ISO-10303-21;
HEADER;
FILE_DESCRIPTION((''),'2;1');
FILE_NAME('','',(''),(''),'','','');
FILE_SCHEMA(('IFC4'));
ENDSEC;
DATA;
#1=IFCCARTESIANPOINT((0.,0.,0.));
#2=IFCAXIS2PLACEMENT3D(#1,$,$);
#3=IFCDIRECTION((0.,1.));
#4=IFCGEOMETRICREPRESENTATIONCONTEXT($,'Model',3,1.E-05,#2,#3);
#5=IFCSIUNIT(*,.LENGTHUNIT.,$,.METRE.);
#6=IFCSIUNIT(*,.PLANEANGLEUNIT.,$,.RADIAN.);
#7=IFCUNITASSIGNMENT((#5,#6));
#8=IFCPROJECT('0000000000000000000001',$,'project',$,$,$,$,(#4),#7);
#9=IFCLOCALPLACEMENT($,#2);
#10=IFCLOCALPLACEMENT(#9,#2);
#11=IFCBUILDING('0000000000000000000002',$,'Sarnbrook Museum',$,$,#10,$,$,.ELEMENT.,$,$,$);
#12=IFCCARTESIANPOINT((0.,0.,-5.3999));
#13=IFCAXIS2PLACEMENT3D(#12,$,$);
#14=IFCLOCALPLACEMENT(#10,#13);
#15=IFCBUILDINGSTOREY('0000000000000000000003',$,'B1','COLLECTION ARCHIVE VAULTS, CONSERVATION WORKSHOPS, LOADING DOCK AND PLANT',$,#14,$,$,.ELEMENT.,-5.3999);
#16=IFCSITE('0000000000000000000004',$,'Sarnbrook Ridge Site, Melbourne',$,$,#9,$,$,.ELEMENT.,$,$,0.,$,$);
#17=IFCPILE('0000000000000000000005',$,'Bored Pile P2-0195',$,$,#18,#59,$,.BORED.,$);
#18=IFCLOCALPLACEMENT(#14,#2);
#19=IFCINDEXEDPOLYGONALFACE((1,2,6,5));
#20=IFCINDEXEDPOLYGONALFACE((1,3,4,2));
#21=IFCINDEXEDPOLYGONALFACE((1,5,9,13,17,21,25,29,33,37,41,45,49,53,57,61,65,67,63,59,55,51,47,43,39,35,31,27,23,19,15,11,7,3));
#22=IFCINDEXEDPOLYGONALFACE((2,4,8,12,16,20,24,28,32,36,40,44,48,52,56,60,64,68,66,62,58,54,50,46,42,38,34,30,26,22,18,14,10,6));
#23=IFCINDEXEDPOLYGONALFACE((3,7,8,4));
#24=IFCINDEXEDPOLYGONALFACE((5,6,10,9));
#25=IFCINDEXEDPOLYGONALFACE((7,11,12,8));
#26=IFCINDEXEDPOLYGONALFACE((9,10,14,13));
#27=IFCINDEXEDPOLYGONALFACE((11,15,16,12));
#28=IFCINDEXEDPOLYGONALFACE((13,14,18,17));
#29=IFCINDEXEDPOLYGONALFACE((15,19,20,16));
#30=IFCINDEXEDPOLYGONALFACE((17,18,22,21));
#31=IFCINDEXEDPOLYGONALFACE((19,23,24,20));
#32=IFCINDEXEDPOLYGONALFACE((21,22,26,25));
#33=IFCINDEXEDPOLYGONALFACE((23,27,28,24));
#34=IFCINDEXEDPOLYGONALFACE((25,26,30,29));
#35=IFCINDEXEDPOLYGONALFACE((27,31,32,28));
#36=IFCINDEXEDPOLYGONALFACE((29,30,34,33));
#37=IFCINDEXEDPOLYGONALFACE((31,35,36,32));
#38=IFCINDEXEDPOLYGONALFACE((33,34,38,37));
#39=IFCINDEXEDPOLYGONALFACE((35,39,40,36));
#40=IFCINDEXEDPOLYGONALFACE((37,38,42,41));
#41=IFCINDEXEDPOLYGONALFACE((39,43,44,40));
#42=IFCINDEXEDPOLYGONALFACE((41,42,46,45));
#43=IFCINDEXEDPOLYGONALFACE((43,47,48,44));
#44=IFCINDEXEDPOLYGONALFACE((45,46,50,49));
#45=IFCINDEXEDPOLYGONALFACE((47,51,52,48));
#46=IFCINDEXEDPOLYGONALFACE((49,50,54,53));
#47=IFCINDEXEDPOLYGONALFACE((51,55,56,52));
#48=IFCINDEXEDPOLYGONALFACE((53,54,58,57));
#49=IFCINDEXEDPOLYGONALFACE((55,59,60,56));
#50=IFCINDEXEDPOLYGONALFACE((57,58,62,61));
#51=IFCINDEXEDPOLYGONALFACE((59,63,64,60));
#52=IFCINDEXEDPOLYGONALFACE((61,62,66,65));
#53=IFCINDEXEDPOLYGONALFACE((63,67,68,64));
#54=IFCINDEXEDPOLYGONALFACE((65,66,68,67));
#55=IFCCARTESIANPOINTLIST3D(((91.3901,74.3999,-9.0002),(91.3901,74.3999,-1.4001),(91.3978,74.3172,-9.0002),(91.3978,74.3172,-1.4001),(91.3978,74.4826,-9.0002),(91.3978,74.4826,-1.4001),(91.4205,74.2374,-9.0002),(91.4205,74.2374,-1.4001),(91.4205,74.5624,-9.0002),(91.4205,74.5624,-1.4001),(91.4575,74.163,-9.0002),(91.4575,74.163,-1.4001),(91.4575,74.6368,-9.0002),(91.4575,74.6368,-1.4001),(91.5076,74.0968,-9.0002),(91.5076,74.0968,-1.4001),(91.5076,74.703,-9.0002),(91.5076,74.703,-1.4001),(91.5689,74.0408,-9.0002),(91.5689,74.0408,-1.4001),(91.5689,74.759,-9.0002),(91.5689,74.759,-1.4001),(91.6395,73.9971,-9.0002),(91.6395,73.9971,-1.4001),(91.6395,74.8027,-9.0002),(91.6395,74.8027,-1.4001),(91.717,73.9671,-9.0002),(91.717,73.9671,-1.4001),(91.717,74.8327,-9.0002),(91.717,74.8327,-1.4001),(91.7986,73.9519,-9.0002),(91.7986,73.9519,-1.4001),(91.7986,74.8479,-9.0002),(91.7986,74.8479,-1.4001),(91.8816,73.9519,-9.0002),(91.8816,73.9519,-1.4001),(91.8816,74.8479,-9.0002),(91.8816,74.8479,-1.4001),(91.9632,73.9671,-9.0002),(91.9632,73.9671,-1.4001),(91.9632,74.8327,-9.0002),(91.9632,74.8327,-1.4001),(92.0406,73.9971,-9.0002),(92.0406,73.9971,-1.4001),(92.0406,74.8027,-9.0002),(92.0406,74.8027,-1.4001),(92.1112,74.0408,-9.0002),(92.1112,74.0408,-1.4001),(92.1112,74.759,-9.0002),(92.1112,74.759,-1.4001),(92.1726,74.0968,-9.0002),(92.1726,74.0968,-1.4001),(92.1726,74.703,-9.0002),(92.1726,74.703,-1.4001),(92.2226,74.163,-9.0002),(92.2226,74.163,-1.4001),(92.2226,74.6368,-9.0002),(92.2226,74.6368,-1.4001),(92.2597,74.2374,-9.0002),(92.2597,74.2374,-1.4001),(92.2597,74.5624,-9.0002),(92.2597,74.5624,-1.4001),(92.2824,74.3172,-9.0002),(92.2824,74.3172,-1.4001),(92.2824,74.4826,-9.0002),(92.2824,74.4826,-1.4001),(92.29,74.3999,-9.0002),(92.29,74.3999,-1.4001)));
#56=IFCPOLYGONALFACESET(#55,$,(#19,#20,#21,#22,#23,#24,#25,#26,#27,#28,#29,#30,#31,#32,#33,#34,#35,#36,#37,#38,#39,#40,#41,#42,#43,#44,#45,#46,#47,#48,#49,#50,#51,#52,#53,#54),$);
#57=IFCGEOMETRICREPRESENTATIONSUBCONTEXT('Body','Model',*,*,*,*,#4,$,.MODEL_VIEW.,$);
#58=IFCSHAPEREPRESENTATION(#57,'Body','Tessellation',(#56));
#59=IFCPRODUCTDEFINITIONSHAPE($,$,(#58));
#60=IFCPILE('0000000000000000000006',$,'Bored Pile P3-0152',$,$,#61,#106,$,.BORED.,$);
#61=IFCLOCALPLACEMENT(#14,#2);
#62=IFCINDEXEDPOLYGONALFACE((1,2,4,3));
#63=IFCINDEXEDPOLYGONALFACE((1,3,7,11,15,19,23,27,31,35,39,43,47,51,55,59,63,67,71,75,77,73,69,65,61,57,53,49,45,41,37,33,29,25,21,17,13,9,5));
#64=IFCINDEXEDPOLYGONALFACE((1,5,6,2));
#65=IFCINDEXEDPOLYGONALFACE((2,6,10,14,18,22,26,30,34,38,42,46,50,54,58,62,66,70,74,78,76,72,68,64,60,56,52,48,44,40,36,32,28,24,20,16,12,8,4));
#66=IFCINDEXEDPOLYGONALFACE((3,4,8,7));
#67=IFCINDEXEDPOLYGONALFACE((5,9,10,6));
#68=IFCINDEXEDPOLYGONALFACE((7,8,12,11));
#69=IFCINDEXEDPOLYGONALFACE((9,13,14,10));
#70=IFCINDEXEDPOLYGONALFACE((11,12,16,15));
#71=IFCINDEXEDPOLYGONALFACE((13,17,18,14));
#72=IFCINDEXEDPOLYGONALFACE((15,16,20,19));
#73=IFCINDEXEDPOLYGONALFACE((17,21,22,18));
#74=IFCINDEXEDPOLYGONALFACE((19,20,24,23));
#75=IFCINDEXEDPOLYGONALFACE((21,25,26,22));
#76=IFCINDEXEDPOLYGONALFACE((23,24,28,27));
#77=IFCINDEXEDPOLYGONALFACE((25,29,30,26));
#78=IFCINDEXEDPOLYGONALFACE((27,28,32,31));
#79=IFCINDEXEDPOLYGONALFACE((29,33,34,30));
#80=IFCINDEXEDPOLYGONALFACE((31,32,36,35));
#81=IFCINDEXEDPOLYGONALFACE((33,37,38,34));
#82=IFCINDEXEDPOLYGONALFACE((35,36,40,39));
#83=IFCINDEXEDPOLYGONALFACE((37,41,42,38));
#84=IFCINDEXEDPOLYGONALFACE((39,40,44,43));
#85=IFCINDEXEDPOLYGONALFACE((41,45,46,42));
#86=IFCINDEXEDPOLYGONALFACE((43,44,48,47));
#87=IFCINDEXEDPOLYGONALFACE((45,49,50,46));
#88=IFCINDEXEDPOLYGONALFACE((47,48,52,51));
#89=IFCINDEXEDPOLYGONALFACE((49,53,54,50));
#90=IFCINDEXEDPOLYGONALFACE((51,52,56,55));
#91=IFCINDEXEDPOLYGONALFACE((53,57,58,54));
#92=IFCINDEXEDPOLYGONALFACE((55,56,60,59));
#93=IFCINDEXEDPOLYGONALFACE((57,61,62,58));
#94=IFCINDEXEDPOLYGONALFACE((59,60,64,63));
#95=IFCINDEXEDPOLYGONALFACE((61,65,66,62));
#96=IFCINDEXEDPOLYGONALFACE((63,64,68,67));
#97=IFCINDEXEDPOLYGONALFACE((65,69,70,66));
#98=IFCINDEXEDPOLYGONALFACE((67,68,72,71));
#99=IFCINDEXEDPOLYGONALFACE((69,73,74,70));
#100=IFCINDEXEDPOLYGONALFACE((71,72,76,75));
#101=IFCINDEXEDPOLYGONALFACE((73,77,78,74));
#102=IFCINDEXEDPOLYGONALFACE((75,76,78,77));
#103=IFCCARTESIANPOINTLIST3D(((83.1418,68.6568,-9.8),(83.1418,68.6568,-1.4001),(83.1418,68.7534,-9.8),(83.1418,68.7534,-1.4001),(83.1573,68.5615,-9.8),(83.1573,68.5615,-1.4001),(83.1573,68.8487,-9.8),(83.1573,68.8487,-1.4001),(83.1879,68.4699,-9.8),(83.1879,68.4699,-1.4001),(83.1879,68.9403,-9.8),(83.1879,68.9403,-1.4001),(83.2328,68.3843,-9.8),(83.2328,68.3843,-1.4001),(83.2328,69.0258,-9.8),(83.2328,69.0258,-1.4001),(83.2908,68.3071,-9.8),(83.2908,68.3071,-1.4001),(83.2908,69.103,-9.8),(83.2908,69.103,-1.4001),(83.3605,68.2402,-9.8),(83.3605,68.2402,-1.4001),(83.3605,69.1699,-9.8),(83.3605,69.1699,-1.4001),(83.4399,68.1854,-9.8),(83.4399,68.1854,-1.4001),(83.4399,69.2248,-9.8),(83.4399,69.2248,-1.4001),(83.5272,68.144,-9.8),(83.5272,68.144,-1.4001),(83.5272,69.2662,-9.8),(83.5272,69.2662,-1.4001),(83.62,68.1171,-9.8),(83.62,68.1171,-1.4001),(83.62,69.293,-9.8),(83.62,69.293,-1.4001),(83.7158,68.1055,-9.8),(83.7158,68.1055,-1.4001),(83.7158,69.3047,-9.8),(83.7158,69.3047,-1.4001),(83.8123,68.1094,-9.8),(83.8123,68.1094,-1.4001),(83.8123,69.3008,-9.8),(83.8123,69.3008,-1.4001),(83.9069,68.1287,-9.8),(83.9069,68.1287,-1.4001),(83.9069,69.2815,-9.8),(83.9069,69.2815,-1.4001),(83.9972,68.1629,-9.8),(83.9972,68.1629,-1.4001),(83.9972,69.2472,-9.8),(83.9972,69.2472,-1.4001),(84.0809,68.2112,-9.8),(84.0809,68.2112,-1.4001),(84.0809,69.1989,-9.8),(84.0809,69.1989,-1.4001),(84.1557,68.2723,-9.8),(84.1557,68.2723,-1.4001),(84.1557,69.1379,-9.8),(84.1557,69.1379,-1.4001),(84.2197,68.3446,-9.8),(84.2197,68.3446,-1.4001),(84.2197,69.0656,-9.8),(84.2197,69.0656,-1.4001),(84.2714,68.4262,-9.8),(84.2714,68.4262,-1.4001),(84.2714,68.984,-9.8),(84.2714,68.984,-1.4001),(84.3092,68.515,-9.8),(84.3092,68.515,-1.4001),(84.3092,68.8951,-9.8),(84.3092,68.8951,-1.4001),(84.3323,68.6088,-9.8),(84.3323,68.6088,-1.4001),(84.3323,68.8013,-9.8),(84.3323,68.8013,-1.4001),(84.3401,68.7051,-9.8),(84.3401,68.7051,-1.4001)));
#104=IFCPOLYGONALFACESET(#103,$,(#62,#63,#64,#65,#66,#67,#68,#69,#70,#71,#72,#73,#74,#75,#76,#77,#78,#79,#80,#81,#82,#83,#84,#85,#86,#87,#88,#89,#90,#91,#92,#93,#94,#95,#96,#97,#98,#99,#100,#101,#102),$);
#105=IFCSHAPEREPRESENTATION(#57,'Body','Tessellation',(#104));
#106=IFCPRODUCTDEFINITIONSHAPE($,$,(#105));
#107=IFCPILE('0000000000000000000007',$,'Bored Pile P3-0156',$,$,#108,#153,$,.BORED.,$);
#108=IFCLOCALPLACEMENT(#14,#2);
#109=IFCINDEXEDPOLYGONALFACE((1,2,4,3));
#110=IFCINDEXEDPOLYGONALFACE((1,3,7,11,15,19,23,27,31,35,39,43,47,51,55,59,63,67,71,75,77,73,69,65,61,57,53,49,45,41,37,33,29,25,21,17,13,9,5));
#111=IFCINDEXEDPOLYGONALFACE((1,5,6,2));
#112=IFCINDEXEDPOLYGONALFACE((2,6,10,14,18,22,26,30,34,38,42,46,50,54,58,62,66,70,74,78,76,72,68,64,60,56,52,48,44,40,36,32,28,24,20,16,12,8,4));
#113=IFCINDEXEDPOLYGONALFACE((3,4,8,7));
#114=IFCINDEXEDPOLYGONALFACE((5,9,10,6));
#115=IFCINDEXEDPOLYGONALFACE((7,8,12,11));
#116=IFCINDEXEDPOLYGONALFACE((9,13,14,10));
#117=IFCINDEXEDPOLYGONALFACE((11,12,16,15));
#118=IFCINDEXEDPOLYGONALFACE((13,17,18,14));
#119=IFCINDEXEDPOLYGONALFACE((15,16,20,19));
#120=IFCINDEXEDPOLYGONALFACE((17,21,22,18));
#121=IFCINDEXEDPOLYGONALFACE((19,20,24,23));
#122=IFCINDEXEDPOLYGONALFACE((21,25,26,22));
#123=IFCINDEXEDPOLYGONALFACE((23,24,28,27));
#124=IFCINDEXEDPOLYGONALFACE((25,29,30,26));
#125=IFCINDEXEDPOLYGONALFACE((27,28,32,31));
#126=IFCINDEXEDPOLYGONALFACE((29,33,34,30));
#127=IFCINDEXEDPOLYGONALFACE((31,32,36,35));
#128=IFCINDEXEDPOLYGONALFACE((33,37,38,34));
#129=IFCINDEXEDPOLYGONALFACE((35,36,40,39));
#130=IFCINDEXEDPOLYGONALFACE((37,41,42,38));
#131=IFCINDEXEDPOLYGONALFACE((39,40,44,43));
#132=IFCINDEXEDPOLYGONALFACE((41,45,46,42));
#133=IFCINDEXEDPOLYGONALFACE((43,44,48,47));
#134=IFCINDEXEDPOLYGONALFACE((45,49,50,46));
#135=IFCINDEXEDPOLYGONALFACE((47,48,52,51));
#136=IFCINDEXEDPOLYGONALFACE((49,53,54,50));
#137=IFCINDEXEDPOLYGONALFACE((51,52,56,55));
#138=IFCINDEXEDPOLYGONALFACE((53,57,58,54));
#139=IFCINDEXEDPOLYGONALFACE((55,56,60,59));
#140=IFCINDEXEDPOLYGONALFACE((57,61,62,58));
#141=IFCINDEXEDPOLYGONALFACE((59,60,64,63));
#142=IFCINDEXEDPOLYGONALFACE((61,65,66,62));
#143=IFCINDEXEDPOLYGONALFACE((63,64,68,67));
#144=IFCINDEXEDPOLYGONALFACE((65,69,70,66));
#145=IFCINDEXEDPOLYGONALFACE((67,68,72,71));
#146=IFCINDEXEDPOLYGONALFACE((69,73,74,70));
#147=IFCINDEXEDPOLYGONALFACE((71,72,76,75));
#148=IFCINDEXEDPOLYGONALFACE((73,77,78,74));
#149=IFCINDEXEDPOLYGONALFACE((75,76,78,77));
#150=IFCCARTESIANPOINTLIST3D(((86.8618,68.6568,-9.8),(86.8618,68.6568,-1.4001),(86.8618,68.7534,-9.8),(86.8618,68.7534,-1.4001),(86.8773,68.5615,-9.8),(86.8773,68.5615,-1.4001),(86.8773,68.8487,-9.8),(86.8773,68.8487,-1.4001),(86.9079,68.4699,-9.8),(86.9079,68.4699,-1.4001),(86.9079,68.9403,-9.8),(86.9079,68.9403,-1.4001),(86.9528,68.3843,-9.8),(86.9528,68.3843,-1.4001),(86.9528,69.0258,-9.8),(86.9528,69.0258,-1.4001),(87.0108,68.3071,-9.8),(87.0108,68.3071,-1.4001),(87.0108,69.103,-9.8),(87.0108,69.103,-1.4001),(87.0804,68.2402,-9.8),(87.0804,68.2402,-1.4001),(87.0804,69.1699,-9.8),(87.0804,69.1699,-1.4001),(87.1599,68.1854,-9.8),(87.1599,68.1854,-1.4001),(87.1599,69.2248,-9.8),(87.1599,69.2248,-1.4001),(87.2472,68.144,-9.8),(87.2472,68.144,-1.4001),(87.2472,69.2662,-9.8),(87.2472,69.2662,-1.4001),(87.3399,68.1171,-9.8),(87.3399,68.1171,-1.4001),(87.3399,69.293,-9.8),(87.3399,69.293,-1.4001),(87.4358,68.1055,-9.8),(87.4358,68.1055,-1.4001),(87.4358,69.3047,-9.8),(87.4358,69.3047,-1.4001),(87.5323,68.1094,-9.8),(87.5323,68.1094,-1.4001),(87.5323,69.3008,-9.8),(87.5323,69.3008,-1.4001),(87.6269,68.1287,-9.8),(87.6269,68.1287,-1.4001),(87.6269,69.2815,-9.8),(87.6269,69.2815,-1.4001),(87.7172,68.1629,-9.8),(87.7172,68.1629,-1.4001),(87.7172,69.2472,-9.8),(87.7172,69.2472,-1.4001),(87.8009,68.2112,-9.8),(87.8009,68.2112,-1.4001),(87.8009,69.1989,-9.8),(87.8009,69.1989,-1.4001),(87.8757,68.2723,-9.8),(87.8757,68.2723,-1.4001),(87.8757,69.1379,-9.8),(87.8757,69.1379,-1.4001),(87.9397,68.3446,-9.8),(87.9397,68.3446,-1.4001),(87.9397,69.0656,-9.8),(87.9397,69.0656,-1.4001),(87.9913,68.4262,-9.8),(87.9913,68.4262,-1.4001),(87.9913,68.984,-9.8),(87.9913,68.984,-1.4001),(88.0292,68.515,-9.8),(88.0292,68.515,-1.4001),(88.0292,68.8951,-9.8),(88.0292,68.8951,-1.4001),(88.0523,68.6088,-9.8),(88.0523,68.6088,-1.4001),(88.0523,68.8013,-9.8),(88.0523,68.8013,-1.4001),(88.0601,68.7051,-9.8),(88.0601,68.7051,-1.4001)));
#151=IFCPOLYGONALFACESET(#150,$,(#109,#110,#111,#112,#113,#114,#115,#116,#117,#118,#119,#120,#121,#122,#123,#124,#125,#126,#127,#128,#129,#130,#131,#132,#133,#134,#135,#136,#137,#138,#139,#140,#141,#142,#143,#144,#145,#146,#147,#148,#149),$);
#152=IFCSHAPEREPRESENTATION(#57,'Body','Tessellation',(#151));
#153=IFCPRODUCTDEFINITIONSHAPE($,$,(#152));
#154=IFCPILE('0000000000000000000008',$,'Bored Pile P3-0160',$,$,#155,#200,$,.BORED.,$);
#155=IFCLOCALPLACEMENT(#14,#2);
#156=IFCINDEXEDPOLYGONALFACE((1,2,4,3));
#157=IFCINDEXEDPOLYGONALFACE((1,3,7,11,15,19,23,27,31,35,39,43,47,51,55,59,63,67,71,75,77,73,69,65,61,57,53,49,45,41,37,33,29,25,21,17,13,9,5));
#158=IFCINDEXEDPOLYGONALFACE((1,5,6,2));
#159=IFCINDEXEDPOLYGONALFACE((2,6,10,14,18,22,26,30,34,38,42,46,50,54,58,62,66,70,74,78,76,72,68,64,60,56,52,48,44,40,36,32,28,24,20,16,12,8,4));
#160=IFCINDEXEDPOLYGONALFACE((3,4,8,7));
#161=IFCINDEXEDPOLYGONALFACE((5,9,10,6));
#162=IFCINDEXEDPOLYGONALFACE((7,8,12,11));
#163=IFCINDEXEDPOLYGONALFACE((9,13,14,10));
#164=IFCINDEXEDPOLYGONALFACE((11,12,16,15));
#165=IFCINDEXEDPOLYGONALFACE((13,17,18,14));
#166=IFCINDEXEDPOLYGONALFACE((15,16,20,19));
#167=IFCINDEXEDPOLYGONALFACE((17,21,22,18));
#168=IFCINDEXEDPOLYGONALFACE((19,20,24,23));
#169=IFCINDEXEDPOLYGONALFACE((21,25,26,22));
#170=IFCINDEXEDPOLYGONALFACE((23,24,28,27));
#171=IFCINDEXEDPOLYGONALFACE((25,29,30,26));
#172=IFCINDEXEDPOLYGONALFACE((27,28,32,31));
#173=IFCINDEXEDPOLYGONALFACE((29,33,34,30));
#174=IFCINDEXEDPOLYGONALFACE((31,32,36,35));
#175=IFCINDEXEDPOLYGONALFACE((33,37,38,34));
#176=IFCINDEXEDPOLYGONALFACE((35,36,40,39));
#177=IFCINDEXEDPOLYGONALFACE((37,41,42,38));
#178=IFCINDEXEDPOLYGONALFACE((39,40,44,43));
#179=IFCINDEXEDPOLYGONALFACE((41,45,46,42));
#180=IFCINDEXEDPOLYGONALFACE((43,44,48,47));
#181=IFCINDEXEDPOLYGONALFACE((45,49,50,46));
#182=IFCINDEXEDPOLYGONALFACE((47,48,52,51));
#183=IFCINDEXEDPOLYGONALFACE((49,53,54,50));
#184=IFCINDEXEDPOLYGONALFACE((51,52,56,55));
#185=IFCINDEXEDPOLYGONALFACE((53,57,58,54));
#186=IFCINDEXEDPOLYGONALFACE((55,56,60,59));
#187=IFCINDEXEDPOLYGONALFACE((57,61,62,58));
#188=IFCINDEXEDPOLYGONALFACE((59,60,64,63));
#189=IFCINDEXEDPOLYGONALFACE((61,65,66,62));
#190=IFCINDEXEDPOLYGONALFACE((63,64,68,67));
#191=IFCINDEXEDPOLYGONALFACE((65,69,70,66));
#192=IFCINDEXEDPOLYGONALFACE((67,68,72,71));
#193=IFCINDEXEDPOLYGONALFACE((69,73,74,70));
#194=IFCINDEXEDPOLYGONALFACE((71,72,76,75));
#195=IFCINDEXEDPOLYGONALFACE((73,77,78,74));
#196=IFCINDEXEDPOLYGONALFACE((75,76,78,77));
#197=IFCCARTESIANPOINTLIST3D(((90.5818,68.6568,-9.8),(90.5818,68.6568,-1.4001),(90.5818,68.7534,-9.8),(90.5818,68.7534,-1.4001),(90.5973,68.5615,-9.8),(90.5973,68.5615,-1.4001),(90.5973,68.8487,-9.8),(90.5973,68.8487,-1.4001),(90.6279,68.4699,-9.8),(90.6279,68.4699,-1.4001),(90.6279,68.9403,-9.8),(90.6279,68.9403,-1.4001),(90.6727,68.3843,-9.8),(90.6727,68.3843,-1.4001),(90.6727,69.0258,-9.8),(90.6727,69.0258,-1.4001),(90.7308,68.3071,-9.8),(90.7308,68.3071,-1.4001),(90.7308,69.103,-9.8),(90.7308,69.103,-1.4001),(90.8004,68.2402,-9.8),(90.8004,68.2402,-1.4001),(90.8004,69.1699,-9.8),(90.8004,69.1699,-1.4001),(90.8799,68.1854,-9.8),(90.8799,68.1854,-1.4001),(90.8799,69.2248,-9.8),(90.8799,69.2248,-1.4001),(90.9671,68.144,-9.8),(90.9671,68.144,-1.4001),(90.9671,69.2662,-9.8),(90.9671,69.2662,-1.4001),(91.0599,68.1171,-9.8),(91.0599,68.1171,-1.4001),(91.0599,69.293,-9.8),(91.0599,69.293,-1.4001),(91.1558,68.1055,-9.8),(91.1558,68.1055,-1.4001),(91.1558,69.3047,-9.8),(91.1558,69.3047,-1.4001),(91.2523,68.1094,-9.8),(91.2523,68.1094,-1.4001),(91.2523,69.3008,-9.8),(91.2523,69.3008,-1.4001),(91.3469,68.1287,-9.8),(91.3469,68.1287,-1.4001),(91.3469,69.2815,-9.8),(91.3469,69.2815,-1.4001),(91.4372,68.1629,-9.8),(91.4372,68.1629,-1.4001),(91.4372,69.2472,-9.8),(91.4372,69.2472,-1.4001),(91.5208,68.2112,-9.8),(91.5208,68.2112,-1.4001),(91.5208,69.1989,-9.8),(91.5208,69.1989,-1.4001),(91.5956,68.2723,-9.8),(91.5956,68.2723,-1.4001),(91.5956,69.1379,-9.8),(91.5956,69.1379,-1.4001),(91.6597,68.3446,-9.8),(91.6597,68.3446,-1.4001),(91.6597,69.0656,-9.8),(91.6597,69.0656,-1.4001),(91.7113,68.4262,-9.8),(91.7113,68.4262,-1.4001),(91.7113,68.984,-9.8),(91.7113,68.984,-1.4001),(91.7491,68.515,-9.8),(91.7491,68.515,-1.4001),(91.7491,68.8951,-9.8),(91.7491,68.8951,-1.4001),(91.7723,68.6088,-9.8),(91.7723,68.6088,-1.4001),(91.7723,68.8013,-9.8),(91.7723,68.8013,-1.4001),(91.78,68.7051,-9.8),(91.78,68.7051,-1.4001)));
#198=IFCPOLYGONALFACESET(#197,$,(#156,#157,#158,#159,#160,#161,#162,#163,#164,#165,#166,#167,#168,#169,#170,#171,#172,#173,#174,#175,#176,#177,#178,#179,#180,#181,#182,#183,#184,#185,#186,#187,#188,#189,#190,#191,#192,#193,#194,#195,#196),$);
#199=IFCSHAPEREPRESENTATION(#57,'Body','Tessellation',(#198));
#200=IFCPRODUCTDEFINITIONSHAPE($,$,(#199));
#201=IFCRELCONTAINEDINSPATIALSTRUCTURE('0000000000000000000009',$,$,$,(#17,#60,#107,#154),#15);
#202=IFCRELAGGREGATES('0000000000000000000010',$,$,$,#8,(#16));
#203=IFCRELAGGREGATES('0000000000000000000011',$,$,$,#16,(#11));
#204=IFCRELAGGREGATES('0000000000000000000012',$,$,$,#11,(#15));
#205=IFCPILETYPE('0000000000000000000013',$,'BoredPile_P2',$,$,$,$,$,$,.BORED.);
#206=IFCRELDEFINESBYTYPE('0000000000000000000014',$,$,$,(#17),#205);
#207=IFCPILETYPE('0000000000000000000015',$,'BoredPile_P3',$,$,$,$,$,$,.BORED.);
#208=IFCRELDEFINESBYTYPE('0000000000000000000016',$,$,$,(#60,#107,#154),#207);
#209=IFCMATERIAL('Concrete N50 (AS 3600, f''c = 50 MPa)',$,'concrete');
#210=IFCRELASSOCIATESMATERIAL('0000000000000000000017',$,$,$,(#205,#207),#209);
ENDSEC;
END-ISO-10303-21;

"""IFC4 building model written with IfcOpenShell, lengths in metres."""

from ifc_helpers import new_model, si_unit, direction, frame, origin, origin_2d, place, context, subcontext, project, spatial, circle, extrude, material, material_profile, profile_set, type_object, element, save


model = new_model("IFC4")

# Units and contexts
model_context = context("Model", 3, precision=1e-05, world=origin(), true_north=direction((0.0, 1.0)))
body_context = subcontext(model_context, "Body", "Model", "MODEL_VIEW")
ifc_project = project(units=[si_unit("LENGTHUNIT", "METRE"), si_unit("PLANEANGLEUNIT", "RADIAN")], contexts=[model_context])

# Site, building, storey
site_placement = place(None, origin())
site = spatial("IfcSite", under=ifc_project, at=site_placement, Name="Sarnbrook Ridge Site, Melbourne", CompositionType="ELEMENT", RefElevation=0.0)
building_placement = place(site_placement, origin())
building = spatial("IfcBuilding", under=site, at=building_placement, Name="Sarnbrook Museum", CompositionType="ELEMENT")
storey_placement = place(building_placement, frame((0.0, 0.0, -5.3999)))
storey = spatial("IfcBuildingStorey", under=building, at=storey_placement, Name="B1", Description="COLLECTION ARCHIVE VAULTS, CONSERVATION WORKSHOPS, LOADING DOCK AND PLANT", CompositionType="ELEMENT", Elevation=-5.3999)

# Piles
ifc_material_1 = material(Name="Concrete N50 (AS 3600, f'c = 50 MPa)", Category="concrete")
ifc_material_profile_1 = material_profile(ifc_material_1, circle(Radius=0.45, at=origin_2d()), Name="BORED PILE D900")
ifc_profile_set_1 = profile_set([ifc_material_profile_1], Name="Concrete N50 (AS 3600, f'c = 50 MPa)")
pile_type_1 = type_object("IfcPileType", Name="BoredPile_P2", PredefinedType="BORED", material=ifc_profile_set_1)
pile_placement = place(storey_placement, frame((91.8401, 74.3999, -1.4001), z_axis=(0.0, 0.0, -1.0), x_axis=(1.0, 0.0, 0.0)))
element("IfcPile", 1, at=pile_placement, inside=storey, type_object=pile_type_1, Name="Bored Pile P2-0195", PredefinedType="BORED", context=body_context, shape_type="SweptSolid", body=[
    extrude(circle(Radius=0.45, at=origin_2d()), origin(), (0.0, 0.0, 1.0), 7.6001),
])
ifc_material_profile_2 = material_profile(ifc_material_1, circle(Radius=0.6001, at=origin_2d()), Name="BORED PILE D1200")
ifc_profile_set_2 = profile_set([ifc_material_profile_2], Name="Concrete N50 (AS 3600, f'c = 50 MPa)")
pile_type_2 = type_object("IfcPileType", Name="BoredPile_P3", PredefinedType="BORED", material=ifc_profile_set_2)
for number, where, z_axis, x_axis, name in (
    (2, (83.74, 68.7051, -1.4001), (0.0, 0.0, -1.0), (1.0, 0.0, 0.0), "Bored Pile P3-0152"),
    (3, (87.46, 68.7051, -1.4001), (0.0, 0.0, -1.0), (1.0, 0.0, 0.0), "Bored Pile P3-0156"),
    (4, (91.1799, 68.7051, -1.4001), (0.0, 0.0, -1.0), (1.0, 0.0, 0.0), "Bored Pile P3-0160"),
):
    element("IfcPile", number, at=place(storey_placement, frame(where, z_axis=z_axis, x_axis=x_axis)), inside=storey, type_object=pile_type_2, Name=name, PredefinedType="BORED", context=body_context, shape_type="SweptSolid", body=[
        extrude(circle(Radius=0.6001, at=origin_2d()), origin(), (0.0, 0.0, 1.0), 8.3999),
    ])

save(model, "model.ifc")
